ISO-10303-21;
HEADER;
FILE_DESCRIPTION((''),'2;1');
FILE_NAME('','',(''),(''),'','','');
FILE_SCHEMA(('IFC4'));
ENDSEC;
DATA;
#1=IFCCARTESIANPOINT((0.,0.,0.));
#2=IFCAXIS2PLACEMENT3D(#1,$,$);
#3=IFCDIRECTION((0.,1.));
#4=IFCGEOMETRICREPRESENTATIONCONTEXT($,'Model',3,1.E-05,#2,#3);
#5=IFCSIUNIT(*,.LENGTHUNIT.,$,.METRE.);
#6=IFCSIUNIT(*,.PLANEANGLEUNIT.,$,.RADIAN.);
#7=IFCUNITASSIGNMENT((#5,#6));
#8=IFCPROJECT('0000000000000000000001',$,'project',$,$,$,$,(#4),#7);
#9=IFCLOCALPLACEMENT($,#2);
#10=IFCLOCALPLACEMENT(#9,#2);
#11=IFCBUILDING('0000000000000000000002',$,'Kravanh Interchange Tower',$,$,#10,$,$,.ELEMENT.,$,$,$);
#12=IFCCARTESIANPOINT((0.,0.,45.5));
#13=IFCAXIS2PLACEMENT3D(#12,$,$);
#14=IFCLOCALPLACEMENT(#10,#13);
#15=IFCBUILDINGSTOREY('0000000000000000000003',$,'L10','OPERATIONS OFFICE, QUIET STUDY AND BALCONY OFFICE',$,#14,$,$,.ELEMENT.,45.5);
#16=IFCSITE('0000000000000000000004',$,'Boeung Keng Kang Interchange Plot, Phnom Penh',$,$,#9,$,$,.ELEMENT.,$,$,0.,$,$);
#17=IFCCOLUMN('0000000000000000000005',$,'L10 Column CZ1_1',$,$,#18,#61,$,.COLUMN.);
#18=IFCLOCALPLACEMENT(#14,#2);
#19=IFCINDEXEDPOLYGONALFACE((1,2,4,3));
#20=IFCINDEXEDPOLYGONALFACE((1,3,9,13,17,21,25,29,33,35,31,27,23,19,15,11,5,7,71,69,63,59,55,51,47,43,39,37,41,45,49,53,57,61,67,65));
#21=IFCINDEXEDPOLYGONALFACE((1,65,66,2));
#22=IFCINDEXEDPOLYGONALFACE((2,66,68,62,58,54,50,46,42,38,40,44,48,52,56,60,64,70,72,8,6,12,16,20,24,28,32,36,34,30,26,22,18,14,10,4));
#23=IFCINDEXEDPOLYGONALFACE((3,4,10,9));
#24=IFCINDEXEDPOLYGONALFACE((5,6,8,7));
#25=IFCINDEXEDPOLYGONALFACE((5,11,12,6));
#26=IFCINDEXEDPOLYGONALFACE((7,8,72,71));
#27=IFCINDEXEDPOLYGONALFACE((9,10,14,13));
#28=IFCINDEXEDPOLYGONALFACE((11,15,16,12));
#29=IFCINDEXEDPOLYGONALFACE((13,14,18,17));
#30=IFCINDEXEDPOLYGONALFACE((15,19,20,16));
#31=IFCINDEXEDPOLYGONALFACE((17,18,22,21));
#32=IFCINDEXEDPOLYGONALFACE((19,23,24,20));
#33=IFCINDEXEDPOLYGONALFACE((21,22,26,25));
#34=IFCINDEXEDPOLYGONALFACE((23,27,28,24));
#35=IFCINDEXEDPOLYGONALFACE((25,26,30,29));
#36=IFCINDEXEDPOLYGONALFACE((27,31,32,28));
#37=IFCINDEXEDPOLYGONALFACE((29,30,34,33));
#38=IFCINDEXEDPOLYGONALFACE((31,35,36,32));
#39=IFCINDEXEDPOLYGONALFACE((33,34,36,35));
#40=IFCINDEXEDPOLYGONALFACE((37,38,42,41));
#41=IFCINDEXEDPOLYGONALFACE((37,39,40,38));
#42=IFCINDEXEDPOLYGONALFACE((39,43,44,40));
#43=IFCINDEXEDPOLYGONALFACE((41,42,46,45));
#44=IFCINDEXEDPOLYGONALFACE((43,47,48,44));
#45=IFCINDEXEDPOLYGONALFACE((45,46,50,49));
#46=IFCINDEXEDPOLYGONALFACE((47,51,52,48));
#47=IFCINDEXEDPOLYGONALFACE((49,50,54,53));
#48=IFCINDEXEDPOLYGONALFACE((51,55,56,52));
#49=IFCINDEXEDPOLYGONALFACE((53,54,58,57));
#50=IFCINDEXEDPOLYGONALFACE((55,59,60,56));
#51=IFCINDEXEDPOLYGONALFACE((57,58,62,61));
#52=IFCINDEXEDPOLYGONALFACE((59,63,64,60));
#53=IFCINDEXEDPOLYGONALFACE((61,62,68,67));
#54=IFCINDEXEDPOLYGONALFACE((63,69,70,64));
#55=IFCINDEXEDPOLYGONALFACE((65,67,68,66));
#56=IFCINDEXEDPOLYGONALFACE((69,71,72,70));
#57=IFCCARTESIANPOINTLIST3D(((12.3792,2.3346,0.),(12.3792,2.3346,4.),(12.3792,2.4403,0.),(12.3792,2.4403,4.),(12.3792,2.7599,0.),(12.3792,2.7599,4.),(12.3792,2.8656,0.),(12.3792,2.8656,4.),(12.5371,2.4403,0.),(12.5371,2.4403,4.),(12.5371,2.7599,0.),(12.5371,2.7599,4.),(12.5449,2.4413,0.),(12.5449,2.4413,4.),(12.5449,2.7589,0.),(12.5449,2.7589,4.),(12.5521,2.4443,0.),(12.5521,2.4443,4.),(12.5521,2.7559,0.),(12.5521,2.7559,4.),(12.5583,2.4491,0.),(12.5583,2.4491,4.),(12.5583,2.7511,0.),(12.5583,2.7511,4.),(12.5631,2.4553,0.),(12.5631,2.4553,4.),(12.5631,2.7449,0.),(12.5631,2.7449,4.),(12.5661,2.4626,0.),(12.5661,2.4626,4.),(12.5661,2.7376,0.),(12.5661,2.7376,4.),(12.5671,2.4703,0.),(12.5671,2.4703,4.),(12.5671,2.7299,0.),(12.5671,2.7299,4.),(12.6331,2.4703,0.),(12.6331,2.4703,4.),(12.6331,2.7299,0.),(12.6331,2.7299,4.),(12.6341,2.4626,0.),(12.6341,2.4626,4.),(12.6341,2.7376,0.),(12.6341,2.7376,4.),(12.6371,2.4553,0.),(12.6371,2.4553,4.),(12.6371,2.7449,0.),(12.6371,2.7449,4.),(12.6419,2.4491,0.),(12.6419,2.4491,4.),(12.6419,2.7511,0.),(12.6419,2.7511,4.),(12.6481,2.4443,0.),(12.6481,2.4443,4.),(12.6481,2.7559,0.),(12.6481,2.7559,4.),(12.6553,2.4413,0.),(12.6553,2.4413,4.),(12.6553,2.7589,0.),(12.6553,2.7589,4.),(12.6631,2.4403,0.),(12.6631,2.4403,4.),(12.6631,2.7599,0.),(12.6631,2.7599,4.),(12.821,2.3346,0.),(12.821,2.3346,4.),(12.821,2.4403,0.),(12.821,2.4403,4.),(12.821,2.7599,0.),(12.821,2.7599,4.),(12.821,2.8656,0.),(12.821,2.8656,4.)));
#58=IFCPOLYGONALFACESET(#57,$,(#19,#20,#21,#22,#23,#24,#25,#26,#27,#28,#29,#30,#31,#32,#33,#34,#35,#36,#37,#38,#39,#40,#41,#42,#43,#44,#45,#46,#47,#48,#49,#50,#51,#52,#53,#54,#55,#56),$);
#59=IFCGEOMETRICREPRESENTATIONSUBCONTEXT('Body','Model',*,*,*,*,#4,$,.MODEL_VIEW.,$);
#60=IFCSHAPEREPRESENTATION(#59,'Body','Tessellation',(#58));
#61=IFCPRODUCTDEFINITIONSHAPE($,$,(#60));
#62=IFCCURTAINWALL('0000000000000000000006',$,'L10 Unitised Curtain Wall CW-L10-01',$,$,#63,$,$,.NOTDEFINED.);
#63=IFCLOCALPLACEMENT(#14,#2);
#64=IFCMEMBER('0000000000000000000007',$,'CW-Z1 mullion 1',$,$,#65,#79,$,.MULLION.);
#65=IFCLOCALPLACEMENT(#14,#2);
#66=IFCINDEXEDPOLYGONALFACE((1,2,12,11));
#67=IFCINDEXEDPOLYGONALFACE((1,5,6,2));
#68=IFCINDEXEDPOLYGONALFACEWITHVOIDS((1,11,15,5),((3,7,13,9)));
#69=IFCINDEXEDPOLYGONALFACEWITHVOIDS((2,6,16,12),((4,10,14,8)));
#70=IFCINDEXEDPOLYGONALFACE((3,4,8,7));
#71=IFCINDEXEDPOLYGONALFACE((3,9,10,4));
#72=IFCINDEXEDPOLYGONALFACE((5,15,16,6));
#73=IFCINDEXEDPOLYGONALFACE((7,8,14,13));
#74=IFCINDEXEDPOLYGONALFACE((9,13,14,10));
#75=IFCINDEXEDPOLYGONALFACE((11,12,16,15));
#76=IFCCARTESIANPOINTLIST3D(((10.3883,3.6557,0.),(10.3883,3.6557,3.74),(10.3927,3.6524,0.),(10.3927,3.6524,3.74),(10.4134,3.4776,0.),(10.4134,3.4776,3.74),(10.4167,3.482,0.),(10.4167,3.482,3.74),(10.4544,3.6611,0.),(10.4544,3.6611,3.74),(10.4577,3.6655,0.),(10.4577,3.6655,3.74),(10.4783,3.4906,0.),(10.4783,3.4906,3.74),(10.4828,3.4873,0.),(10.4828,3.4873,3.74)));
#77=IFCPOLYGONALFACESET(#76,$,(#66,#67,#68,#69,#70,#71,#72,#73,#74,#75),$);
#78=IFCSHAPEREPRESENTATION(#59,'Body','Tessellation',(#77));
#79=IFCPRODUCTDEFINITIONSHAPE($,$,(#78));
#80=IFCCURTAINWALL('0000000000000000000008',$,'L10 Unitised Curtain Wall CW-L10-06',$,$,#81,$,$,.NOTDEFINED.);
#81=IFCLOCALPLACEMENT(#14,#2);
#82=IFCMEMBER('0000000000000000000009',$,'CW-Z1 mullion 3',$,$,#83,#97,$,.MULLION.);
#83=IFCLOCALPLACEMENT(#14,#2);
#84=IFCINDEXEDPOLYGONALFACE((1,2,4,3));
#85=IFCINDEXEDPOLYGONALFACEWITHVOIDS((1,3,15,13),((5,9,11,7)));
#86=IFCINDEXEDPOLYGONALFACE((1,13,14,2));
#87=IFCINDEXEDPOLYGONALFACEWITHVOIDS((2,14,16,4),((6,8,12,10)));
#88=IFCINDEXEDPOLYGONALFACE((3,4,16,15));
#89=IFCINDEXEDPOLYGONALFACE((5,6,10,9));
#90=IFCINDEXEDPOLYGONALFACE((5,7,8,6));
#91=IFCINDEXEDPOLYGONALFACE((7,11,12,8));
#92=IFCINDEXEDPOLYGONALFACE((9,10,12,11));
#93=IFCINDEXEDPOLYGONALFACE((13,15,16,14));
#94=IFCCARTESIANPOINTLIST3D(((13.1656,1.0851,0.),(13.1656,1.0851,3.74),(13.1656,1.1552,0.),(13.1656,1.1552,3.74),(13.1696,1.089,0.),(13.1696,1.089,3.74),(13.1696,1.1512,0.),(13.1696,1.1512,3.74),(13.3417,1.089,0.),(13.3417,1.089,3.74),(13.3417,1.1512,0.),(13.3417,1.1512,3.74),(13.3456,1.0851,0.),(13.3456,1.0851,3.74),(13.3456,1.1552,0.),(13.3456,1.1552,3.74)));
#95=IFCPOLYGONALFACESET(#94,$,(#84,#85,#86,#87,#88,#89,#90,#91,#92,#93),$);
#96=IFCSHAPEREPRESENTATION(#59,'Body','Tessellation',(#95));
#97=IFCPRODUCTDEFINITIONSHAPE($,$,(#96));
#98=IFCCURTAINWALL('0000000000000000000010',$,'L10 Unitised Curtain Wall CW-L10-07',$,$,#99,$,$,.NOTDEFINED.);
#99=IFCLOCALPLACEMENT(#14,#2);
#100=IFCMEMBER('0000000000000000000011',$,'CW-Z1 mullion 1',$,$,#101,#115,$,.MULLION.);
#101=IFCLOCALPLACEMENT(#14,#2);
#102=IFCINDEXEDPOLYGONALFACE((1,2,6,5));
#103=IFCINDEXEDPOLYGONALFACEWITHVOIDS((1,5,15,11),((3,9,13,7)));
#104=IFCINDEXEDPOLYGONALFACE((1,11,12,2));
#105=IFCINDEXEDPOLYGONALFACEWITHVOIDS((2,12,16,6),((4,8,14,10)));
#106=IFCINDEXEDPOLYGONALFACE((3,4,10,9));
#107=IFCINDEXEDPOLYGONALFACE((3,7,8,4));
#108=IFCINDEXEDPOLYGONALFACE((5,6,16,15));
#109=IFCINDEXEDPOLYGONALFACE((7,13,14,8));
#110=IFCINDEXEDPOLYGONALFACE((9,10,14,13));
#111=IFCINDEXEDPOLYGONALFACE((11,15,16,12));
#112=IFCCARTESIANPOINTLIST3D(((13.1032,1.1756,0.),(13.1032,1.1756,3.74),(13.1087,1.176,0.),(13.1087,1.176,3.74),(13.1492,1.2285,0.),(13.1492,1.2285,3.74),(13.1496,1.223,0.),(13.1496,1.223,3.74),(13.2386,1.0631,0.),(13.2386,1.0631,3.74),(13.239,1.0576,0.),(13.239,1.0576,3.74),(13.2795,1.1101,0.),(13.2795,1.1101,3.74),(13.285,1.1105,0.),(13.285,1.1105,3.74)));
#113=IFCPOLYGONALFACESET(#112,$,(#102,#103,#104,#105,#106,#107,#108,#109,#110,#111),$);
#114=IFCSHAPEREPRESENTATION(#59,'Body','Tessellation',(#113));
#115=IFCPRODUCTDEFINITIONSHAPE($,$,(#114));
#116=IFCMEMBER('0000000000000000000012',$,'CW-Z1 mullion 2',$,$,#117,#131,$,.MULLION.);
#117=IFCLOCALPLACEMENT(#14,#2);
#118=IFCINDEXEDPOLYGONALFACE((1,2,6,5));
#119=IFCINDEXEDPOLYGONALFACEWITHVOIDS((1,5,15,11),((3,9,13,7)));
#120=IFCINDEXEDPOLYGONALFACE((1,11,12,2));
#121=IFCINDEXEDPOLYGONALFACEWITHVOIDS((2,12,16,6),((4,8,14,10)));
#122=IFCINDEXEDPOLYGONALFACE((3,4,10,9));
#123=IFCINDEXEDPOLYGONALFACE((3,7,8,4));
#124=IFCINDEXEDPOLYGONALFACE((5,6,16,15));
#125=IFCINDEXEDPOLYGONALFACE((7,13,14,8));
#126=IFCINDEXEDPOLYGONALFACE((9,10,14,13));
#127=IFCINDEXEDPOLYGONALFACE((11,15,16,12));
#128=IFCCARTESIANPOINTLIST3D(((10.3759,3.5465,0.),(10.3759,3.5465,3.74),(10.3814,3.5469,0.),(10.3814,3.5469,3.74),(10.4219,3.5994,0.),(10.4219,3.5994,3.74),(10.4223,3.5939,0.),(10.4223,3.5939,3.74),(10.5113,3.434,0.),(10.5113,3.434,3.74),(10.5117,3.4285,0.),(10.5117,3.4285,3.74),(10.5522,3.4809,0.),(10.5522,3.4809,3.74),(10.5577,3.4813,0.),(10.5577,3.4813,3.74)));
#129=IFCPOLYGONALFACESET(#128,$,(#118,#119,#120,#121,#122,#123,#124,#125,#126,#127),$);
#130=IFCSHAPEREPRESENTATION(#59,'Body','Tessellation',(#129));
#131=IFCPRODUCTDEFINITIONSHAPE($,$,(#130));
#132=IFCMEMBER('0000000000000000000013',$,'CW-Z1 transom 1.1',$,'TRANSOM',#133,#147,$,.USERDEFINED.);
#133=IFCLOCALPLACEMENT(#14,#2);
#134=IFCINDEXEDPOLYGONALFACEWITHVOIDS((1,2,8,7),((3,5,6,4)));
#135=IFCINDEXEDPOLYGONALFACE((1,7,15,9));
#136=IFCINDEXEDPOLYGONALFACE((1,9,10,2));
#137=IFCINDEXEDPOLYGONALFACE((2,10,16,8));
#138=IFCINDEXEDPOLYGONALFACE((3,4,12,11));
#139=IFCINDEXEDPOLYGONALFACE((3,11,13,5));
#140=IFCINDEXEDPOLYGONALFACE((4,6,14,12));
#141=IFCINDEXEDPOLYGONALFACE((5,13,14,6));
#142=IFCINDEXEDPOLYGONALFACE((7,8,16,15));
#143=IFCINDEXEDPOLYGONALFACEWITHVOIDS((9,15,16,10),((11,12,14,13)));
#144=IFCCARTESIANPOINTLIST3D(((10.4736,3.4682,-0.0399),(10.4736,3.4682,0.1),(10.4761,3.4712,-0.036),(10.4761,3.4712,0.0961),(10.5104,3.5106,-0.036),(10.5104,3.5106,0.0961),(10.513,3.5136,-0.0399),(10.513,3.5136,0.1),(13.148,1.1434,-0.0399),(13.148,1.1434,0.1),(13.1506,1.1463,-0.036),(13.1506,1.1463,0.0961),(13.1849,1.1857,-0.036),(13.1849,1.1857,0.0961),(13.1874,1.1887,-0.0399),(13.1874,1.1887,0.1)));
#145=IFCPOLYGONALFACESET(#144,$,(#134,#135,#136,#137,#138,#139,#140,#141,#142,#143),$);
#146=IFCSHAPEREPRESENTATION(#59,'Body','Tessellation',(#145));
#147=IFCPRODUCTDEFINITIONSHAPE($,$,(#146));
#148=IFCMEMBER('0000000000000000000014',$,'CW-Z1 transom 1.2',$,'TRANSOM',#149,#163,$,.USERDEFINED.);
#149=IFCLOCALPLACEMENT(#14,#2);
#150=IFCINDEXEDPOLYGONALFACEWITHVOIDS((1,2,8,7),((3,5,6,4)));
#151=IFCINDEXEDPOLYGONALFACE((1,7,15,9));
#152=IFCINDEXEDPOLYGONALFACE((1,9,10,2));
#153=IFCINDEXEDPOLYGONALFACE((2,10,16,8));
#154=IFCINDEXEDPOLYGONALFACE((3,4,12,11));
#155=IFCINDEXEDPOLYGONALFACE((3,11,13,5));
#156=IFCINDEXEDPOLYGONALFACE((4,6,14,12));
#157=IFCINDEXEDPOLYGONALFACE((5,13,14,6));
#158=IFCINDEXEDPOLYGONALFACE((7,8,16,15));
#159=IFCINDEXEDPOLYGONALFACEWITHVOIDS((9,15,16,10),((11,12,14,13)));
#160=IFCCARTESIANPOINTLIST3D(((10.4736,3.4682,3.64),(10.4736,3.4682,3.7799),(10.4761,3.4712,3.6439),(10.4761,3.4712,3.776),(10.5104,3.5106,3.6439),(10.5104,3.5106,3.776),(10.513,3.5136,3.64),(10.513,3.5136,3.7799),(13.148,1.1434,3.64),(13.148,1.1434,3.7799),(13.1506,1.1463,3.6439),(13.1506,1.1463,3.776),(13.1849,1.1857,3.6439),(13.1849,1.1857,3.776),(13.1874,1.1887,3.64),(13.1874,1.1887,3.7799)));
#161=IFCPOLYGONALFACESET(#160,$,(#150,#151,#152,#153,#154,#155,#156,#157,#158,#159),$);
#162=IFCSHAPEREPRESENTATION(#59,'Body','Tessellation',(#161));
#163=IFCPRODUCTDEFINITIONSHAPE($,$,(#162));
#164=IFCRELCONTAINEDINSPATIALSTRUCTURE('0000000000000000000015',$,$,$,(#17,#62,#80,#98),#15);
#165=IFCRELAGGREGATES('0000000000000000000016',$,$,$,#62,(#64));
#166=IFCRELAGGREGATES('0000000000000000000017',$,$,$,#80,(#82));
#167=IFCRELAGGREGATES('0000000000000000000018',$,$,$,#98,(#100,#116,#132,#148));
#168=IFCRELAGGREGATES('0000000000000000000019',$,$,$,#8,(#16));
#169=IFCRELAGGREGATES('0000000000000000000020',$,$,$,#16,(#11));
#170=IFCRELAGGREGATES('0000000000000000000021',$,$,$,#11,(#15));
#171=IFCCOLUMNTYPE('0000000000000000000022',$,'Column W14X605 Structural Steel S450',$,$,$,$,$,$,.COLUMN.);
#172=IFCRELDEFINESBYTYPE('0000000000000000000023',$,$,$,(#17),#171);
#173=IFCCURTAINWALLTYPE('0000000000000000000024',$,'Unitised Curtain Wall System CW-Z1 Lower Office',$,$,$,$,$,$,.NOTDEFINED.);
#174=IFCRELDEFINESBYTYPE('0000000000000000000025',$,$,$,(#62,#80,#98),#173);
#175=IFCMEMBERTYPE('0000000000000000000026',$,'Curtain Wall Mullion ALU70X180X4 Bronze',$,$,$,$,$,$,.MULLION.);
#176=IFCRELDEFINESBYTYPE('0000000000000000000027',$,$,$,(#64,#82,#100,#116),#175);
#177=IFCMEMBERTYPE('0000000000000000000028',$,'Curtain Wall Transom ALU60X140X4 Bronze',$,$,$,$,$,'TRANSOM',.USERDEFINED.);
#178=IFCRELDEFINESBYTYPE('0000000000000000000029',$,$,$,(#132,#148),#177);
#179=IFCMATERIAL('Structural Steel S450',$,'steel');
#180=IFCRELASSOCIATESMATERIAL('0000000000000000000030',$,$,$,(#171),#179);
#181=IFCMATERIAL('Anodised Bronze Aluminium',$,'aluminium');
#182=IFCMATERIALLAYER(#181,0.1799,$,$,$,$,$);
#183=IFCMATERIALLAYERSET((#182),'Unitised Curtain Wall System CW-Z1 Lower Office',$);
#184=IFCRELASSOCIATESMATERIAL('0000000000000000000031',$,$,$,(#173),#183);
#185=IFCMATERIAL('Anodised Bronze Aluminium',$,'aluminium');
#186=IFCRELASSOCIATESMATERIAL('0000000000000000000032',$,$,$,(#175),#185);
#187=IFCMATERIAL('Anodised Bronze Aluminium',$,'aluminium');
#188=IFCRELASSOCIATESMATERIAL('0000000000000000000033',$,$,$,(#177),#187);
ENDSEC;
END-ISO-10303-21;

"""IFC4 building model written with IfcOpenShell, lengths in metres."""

from ifc_helpers import new_model, si_unit, direction, frame, origin, origin_2d, place, context, subcontext, project, spatial, hollow_rectangle, i_section, extrude, material, layer, layer_set, material_profile, profile_set, type_object, element, aggregate, save


model = new_model("IFC4")

# Units and contexts
model_context = context("Model", 3, precision=1e-05, world=origin(), true_north=direction((0.0, 1.0)))
body_context = subcontext(model_context, "Body", "Model", "MODEL_VIEW")
ifc_project = project(units=[si_unit("LENGTHUNIT", "METRE"), si_unit("PLANEANGLEUNIT", "RADIAN")], contexts=[model_context])

# Site, building, storey
site_placement = place(None, origin())
site = spatial("IfcSite", under=ifc_project, at=site_placement, Name="Boeung Keng Kang Interchange Plot, Phnom Penh", CompositionType="ELEMENT", RefElevation=0.0)
building_placement = place(site_placement, origin())
building = spatial("IfcBuilding", under=site, at=building_placement, Name="Kravanh Interchange Tower", CompositionType="ELEMENT")
storey_placement = place(building_placement, frame((0.0, 0.0, 45.5)))
storey = spatial("IfcBuildingStorey", under=building, at=storey_placement, Name="L10", Description="OPERATIONS OFFICE, QUIET STUDY AND BALCONY OFFICE", CompositionType="ELEMENT", Elevation=45.5)

# Column
ifc_material_1 = material(Name="Structural Steel S450", Category="steel")
ifc_material_profile_1 = material_profile(ifc_material_1, i_section(OverallWidth=0.4419, OverallDepth=0.531, WebThickness=0.0659, FlangeThickness=0.1057, FilletRadius=0.03, at=origin_2d()), Name="W14X605")
ifc_profile_set_1 = profile_set([ifc_material_profile_1], Name="Structural Steel S450")
column_type = type_object("IfcColumnType", Name="Column W14X605 Structural Steel S450", PredefinedType="COLUMN", material=ifc_profile_set_1)
column_placement = place(storey_placement, frame((12.6001, 2.6001, 0.0), z_axis=(0.0, 0.0, 1.0), x_axis=(1.0, 0.0, 0.0)))
element("IfcColumn", 1, at=column_placement, inside=storey, type_object=column_type, Name="L10 Column CZ1_1", PredefinedType="COLUMN", context=body_context, shape_type="SweptSolid", body=[
    extrude(i_section(OverallWidth=0.4419, OverallDepth=0.531, WebThickness=0.0659, FlangeThickness=0.1057, FilletRadius=0.03, at=origin_2d()), origin(), (0.0, 0.0, 1.0), 4.0),
])

# Curtain walls, members
ifc_material_2 = material(Name="Anodised Bronze Aluminium", Category="aluminium")
ifc_layer_1 = layer(ifc_material_2, 0.1799)
ifc_layer_set_1 = layer_set([ifc_layer_1], Name="Unitised Curtain Wall System CW-Z1 Lower Office")
curtain_wall_type = type_object("IfcCurtainWallType", Name="Unitised Curtain Wall System CW-Z1 Lower Office", PredefinedType="NOTDEFINED", material=ifc_layer_set_1)
curtain_wall_1_placement = place(storey_placement, origin())
curtain_wall_1 = element("IfcCurtainWall", 2, at=curtain_wall_1_placement, inside=storey, type_object=curtain_wall_type, Name="L10 Unitised Curtain Wall CW-L10-01", PredefinedType="NOTDEFINED")
ifc_material_3 = material(Name="Anodised Bronze Aluminium", Category="aluminium")
ifc_material_profile_2 = material_profile(ifc_material_3, hollow_rectangle(XDim=0.0701, YDim=0.1799, WallThickness=0.0039, at=origin_2d()), Name="ALU70X180X4")
ifc_profile_set_2 = profile_set([ifc_material_profile_2], Name="Anodised Bronze Aluminium")
member_type_1 = type_object("IfcMemberType", Name="Curtain Wall Mullion ALU70X180X4 Bronze", PredefinedType="MULLION", material=ifc_profile_set_2)
member_1_placement = place(storey_placement, frame((10.4355, 3.5715, 0.0), z_axis=(0.0, 0.0, 1.0), x_axis=(-0.990268, -0.139177, 0.0)))
member_1 = element("IfcMember", 3, at=member_1_placement, type_object=member_type_1, Name="CW-Z1 mullion 1", PredefinedType="MULLION", context=body_context, shape_type="SweptSolid", body=[
    extrude(hollow_rectangle(XDim=0.0701, YDim=0.1799, WallThickness=0.0039, at=origin_2d()), origin(), (0.0, 0.0, 1.0), 3.74),
])
aggregate(curtain_wall_1, [member_1])
curtain_wall_2_placement = place(storey_placement, origin())
curtain_wall_2 = element("IfcCurtainWall", 4, at=curtain_wall_2_placement, inside=storey, type_object=curtain_wall_type, Name="L10 Unitised Curtain Wall CW-L10-06", PredefinedType="NOTDEFINED")
member_2_placement = place(storey_placement, frame((13.2556, 1.1201, 0.0), z_axis=(0.0, 0.0, 1.0), x_axis=(0.0, -1.0, 0.0)))
member_2 = element("IfcMember", 5, at=member_2_placement, type_object=member_type_1, Name="CW-Z1 mullion 3", PredefinedType="MULLION", context=body_context, shape_type="SweptSolid", body=[
    extrude(hollow_rectangle(XDim=0.0701, YDim=0.1799, WallThickness=0.0039, at=origin_2d()), origin(), (0.0, 0.0, 1.0), 3.74),
])

# Curtain wall, members
curtain_wall_3_placement = place(storey_placement, origin())
curtain_wall_3 = element("IfcCurtainWall", 6, at=curtain_wall_3_placement, inside=storey, type_object=curtain_wall_type, Name="L10 Unitised Curtain Wall CW-L10-07", PredefinedType="NOTDEFINED")
member_3_placement = place(storey_placement, frame((13.1941, 1.1431, 0.0), z_axis=(0.0, 0.0, 1.0), x_axis=(-0.65606, -0.754708, 0.0)))
member_3 = element("IfcMember", 7, at=member_3_placement, type_object=member_type_1, Name="CW-Z1 mullion 1", PredefinedType="MULLION", context=body_context, shape_type="SweptSolid", body=[
    extrude(hollow_rectangle(XDim=0.0701, YDim=0.1799, WallThickness=0.0039, at=origin_2d()), origin(), (0.0, 0.0, 1.0), 3.74),
])
member_4_placement = place(storey_placement, frame((10.4668, 3.5139, 0.0), z_axis=(0.0, 0.0, 1.0), x_axis=(-0.65606, -0.754708, 0.0)))
member_4 = element("IfcMember", 8, at=member_4_placement, type_object=member_type_1, Name="CW-Z1 mullion 2", PredefinedType="MULLION", context=body_context, shape_type="SweptSolid", body=[
    extrude(hollow_rectangle(XDim=0.0701, YDim=0.1799, WallThickness=0.0039, at=origin_2d()), origin(), (0.0, 0.0, 1.0), 3.74),
])
ifc_material_4 = material(Name="Anodised Bronze Aluminium", Category="aluminium")
ifc_material_profile_3 = material_profile(ifc_material_4, hollow_rectangle(XDim=0.0601, YDim=0.1399, WallThickness=0.0039, at=origin_2d()), Name="ALU60X140X4")
ifc_profile_set_3 = profile_set([ifc_material_profile_3], Name="Anodised Bronze Aluminium")
member_type_2 = type_object("IfcMemberType", Name="Curtain Wall Transom ALU60X140X4 Bronze", ElementType="TRANSOM", PredefinedType="USERDEFINED", material=ifc_profile_set_3)
member_5_placement = place(storey_placement, frame((13.1677, 1.166, 0.03), z_axis=(-0.754711, 0.656058, 0.0), x_axis=(-0.656058, -0.754711, 0.0)))
member_5 = element("IfcMember", 9, at=member_5_placement, type_object=member_type_2, Name="CW-Z1 transom 1.1", ObjectType="TRANSOM", PredefinedType="USERDEFINED", context=body_context, shape_type="SweptSolid", body=[
    extrude(hollow_rectangle(XDim=0.0601, YDim=0.1399, WallThickness=0.0039, at=origin_2d()), origin(), (0.0, 0.0, 1.0), 3.5437),
])
member_6_placement = place(storey_placement, frame((13.1677, 1.166, 3.71), z_axis=(-0.754711, 0.656058, 0.0), x_axis=(-0.656058, -0.754711, 0.0)))
member_6 = element("IfcMember", 10, at=member_6_placement, type_object=member_type_2, Name="CW-Z1 transom 1.2", ObjectType="TRANSOM", PredefinedType="USERDEFINED", context=body_context, shape_type="SweptSolid", body=[
    extrude(hollow_rectangle(XDim=0.0601, YDim=0.1399, WallThickness=0.0039, at=origin_2d()), origin(), (0.0, 0.0, 1.0), 3.5437),
])

aggregate(curtain_wall_2, [member_2])
aggregate(curtain_wall_3, [member_3, member_4, member_5, member_6])

save(model, "model.ifc")
